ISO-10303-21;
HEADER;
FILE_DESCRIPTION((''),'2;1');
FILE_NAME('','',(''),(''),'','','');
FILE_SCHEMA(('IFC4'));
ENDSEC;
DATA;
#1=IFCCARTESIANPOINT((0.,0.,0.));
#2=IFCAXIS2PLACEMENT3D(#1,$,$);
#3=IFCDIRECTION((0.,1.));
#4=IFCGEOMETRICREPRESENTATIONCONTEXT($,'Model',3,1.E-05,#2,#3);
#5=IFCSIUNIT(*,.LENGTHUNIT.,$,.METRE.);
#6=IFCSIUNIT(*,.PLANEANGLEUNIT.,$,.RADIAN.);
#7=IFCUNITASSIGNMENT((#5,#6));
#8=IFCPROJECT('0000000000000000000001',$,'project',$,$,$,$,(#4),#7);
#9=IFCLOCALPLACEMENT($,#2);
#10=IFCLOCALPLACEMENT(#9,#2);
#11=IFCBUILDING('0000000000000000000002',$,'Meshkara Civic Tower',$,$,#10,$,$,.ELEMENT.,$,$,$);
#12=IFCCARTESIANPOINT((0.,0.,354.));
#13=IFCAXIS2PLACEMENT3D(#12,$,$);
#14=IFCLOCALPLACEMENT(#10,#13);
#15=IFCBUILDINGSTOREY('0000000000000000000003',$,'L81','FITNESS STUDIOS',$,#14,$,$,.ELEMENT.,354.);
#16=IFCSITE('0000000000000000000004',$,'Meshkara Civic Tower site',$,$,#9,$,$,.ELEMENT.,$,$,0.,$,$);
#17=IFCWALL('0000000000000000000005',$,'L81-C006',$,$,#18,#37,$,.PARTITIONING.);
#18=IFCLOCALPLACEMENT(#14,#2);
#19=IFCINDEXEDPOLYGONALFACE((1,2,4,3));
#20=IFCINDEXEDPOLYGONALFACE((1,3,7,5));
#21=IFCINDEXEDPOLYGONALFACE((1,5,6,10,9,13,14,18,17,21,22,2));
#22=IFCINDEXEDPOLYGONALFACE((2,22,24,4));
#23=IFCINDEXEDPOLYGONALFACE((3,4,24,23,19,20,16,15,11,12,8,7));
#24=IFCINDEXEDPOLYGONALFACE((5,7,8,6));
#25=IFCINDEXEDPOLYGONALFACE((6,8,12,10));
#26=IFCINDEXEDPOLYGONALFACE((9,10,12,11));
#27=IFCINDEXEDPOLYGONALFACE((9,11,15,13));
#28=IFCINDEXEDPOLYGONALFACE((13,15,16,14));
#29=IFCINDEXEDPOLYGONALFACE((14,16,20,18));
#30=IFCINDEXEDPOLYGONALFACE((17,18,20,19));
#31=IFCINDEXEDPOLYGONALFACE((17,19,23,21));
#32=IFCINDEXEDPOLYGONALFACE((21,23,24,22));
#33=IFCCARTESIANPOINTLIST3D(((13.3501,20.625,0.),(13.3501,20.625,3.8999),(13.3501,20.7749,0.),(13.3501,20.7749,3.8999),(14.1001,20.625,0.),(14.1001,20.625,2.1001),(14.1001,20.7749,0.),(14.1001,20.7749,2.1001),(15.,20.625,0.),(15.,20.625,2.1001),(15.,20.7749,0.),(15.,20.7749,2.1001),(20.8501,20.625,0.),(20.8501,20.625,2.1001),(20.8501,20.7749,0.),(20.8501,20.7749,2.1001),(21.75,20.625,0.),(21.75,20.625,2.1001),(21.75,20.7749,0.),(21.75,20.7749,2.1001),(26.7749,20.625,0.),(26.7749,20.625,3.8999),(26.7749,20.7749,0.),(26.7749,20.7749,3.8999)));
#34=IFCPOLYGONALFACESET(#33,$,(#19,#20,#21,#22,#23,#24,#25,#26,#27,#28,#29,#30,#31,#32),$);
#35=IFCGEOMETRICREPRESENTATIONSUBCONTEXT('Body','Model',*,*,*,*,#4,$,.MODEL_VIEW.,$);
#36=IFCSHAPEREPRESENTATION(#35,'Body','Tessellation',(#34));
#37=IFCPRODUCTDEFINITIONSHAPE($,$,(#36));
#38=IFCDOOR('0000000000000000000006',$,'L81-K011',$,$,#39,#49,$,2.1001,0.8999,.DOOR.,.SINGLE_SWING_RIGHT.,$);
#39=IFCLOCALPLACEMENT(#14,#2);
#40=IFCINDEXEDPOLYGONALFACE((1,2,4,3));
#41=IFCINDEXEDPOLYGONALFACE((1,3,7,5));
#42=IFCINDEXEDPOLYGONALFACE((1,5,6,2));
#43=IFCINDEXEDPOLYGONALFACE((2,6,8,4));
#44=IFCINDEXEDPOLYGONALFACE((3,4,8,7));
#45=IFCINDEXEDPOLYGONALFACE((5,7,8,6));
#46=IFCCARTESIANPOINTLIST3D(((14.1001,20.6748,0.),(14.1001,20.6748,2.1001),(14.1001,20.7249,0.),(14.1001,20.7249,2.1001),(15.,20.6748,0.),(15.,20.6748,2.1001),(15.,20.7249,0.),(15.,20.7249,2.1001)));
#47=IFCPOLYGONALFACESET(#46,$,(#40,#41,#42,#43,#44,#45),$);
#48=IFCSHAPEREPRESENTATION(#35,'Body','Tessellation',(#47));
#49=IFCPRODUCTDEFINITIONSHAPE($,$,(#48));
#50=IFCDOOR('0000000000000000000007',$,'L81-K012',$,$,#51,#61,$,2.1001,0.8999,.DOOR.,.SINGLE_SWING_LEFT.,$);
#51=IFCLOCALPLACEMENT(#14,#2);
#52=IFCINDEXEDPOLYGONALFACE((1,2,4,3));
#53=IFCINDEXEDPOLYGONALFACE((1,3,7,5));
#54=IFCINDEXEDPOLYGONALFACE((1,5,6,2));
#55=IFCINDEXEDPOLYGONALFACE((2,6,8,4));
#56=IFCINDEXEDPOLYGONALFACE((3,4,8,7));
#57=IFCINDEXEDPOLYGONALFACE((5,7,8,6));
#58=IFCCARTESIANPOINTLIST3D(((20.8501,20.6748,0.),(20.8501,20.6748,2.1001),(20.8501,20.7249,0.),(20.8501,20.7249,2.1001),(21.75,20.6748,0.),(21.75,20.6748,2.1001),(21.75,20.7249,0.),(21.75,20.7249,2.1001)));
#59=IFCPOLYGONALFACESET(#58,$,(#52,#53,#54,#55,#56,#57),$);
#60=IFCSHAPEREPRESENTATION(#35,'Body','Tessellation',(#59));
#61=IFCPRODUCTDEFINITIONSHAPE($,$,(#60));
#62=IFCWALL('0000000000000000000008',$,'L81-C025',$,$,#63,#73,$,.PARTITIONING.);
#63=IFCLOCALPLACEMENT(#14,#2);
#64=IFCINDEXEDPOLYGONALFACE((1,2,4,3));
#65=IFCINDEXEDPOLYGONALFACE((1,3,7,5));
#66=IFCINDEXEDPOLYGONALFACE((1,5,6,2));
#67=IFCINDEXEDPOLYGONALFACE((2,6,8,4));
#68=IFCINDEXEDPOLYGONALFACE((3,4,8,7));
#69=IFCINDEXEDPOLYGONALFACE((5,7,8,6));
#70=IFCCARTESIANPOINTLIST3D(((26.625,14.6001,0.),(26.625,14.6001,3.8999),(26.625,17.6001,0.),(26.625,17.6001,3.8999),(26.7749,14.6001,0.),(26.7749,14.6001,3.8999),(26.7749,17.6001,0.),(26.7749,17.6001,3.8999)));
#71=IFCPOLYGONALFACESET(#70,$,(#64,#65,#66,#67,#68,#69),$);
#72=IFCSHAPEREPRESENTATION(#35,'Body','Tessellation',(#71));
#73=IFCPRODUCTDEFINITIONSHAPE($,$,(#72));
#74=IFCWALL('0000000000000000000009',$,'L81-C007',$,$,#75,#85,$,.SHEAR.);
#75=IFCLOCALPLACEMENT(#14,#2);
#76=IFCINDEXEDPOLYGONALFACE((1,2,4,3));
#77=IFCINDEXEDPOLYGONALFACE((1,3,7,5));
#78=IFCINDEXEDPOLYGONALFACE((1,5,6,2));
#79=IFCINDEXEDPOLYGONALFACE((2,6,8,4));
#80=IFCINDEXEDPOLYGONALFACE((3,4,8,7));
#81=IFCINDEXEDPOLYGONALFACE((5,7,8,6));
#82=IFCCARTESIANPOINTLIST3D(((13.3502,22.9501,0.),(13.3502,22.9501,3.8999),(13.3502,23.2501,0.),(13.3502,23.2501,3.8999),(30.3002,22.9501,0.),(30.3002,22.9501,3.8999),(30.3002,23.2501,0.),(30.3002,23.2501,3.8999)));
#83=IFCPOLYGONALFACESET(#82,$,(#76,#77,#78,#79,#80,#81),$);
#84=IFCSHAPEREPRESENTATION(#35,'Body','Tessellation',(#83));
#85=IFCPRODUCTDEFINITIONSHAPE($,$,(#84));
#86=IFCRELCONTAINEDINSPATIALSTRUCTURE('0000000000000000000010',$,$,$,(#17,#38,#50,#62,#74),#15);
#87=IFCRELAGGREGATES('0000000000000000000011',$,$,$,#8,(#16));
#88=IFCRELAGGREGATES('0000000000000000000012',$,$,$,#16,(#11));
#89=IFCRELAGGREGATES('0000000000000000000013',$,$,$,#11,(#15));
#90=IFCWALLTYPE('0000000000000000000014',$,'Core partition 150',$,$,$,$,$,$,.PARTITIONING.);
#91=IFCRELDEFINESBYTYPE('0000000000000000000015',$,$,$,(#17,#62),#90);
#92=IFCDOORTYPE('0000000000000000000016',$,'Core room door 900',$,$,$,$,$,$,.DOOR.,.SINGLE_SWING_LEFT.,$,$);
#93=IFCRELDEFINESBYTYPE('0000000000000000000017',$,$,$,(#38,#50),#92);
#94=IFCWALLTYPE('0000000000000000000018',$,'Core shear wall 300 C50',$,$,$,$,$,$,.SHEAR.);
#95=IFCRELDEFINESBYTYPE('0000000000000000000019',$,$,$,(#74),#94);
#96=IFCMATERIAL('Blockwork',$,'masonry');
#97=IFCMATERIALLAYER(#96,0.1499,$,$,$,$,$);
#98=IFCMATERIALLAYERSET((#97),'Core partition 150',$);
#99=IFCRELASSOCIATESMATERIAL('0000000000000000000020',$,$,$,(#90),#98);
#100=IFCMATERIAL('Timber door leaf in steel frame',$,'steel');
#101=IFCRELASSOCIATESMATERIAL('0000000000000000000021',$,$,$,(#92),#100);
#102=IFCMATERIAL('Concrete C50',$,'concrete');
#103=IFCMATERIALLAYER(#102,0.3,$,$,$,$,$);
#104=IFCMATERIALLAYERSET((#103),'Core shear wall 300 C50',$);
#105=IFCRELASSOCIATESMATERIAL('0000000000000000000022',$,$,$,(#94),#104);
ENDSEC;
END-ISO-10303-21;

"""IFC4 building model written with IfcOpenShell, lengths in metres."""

from ifc_helpers import new_model, si_unit, direction, frame, frame_2d, origin, place, context, subcontext, project, spatial, rectangle, extrude, material, layer, layer_set, type_object, element, fill, save


model = new_model("IFC4")

# Units and contexts
model_context = context("Model", 3, precision=1e-05, world=origin(), true_north=direction((0.0, 1.0)))
body_context = subcontext(model_context, "Body", "Model", "MODEL_VIEW")
ifc_project = project(units=[si_unit("LENGTHUNIT", "METRE"), si_unit("PLANEANGLEUNIT", "RADIAN")], contexts=[model_context])

# Site, building, storey
site_placement = place(None, origin())
site = spatial("IfcSite", under=ifc_project, at=site_placement, Name="Meshkara Civic Tower site", CompositionType="ELEMENT", RefElevation=0.0)
building_placement = place(site_placement, origin())
building = spatial("IfcBuilding", under=site, at=building_placement, Name="Meshkara Civic Tower", CompositionType="ELEMENT")
storey_placement = place(building_placement, frame((0.0, 0.0, 354.0)))
storey = spatial("IfcBuildingStorey", under=building, at=storey_placement, Name="L81", Description="FITNESS STUDIOS", CompositionType="ELEMENT", Elevation=354.0)

# Wall, openings, doors
ifc_material_1 = material(Name="Blockwork", Category="masonry")
ifc_layer_1 = layer(ifc_material_1, 0.1499)
ifc_layer_set_1 = layer_set([ifc_layer_1], Name="Core partition 150")
wall_type_1 = type_object("IfcWallType", Name="Core partition 150", PredefinedType="PARTITIONING", material=ifc_layer_set_1)
wall_1_placement = place(storey_placement, frame((13.3501, 20.7, 0.0), z_axis=(0.0, 0.0, 1.0), x_axis=(1.0, 0.0, 0.0)))
wall_1 = element("IfcWall", 1, at=wall_1_placement, inside=storey, type_object=wall_type_1, Name="L81-C006", PredefinedType="PARTITIONING", context=body_context, shape_type="SweptSolid", body=[
    extrude(rectangle(XDim=13.4248, YDim=0.1499, at=frame_2d((6.7124, 0.0))), origin(), (0.0, 0.0, 1.0), 3.8999),
])
opening_1_placement = place(wall_1_placement, frame((0.75, 0.0, 0.0)))
opening_1 = element("IfcOpeningElement", 2, at=opening_1_placement, cuts=wall_1, PredefinedType="OPENING", context=body_context, shape_type="SweptSolid", body=[
    extrude(rectangle(XDim=0.8999, YDim=2.1001, at=frame_2d((0.45, 1.05))), frame((0.0, 0.085, 0.0), z_axis=(0.0, -1.0, 0.0), x_axis=(1.0, 0.0, 0.0)), (0.0, 0.0, 1.0), 0.1699),
])
opening_2_placement = place(wall_1_placement, frame((7.5, 0.0, 0.0)))
opening_2 = element("IfcOpeningElement", 3, at=opening_2_placement, cuts=wall_1, PredefinedType="OPENING", context=body_context, shape_type="SweptSolid", body=[
    extrude(rectangle(XDim=0.8999, YDim=2.1001, at=frame_2d((0.45, 1.05))), frame((0.0, 0.085, 0.0), z_axis=(0.0, -1.0, 0.0), x_axis=(1.0, 0.0, 0.0)), (0.0, 0.0, 1.0), 0.1699),
])
ifc_material_2 = material(Name="Timber door leaf in steel frame", Category="steel")
door_type_1 = type_object("IfcDoorType", Name="Core room door 900", OperationType="SINGLE_SWING_LEFT", PredefinedType="DOOR", material=ifc_material_2)
door_1_placement = place(opening_1_placement, origin())
door_1 = element("IfcDoor", 4, at=door_1_placement, inside=storey, type_object=door_type_1, Name="L81-K011", OperationType="SINGLE_SWING_RIGHT", OverallHeight=2.1001, OverallWidth=0.8999, PredefinedType="DOOR", context=body_context, shape_type="SweptSolid", body=[
    extrude(rectangle(XDim=0.8999, YDim=2.1001, at=frame_2d((0.45, 1.05))), frame((0.0, 0.0249, 0.0), z_axis=(0.0, -1.0, 0.0), x_axis=(1.0, 0.0, 0.0)), (0.0, 0.0, 1.0), 0.05),
])
fill(opening_1, door_1)
door_2_placement = place(opening_2_placement, origin())
door_2 = element("IfcDoor", 5, at=door_2_placement, inside=storey, type_object=door_type_1, Name="L81-K012", OperationType="SINGLE_SWING_LEFT", OverallHeight=2.1001, OverallWidth=0.8999, PredefinedType="DOOR", context=body_context, shape_type="SweptSolid", body=[
    extrude(rectangle(XDim=0.8999, YDim=2.1001, at=frame_2d((0.45, 1.05))), frame((0.0, 0.0249, 0.0), z_axis=(0.0, -1.0, 0.0), x_axis=(1.0, 0.0, 0.0)), (0.0, 0.0, 1.0), 0.05),
])
fill(opening_2, door_2)

# Walls
wall_2_placement = place(storey_placement, frame((26.7, 14.6001, 0.0), z_axis=(0.0, 0.0, 1.0), x_axis=(0.0, 1.0, 0.0)))
element("IfcWall", 6, at=wall_2_placement, inside=storey, type_object=wall_type_1, Name="L81-C025", PredefinedType="PARTITIONING", context=body_context, shape_type="SweptSolid", body=[
    extrude(rectangle(XDim=3.0, YDim=0.1499, at=frame_2d((1.5, 0.0))), origin(), (0.0, 0.0, 1.0), 3.8999),
])
ifc_material_3 = material(Name="Concrete C50", Category="concrete")
ifc_layer_2 = layer(ifc_material_3, 0.3)
ifc_layer_set_2 = layer_set([ifc_layer_2], Name="Core shear wall 300 C50")
wall_type_2 = type_object("IfcWallType", Name="Core shear wall 300 C50", PredefinedType="SHEAR", material=ifc_layer_set_2)
wall_3_placement = place(storey_placement, frame((13.3501, 23.1001, 0.0), z_axis=(0.0, 0.0, 1.0), x_axis=(1.0, 0.0, 0.0)))
element("IfcWall", 7, at=wall_3_placement, inside=storey, type_object=wall_type_2, Name="L81-C007", PredefinedType="SHEAR", context=body_context, shape_type="SweptSolid", body=[
    extrude(rectangle(XDim=16.95, YDim=0.3, at=frame_2d((8.4751, 0.0))), origin(), (0.0, 0.0, 1.0), 3.8999),
])

save(model, "model.ifc")
